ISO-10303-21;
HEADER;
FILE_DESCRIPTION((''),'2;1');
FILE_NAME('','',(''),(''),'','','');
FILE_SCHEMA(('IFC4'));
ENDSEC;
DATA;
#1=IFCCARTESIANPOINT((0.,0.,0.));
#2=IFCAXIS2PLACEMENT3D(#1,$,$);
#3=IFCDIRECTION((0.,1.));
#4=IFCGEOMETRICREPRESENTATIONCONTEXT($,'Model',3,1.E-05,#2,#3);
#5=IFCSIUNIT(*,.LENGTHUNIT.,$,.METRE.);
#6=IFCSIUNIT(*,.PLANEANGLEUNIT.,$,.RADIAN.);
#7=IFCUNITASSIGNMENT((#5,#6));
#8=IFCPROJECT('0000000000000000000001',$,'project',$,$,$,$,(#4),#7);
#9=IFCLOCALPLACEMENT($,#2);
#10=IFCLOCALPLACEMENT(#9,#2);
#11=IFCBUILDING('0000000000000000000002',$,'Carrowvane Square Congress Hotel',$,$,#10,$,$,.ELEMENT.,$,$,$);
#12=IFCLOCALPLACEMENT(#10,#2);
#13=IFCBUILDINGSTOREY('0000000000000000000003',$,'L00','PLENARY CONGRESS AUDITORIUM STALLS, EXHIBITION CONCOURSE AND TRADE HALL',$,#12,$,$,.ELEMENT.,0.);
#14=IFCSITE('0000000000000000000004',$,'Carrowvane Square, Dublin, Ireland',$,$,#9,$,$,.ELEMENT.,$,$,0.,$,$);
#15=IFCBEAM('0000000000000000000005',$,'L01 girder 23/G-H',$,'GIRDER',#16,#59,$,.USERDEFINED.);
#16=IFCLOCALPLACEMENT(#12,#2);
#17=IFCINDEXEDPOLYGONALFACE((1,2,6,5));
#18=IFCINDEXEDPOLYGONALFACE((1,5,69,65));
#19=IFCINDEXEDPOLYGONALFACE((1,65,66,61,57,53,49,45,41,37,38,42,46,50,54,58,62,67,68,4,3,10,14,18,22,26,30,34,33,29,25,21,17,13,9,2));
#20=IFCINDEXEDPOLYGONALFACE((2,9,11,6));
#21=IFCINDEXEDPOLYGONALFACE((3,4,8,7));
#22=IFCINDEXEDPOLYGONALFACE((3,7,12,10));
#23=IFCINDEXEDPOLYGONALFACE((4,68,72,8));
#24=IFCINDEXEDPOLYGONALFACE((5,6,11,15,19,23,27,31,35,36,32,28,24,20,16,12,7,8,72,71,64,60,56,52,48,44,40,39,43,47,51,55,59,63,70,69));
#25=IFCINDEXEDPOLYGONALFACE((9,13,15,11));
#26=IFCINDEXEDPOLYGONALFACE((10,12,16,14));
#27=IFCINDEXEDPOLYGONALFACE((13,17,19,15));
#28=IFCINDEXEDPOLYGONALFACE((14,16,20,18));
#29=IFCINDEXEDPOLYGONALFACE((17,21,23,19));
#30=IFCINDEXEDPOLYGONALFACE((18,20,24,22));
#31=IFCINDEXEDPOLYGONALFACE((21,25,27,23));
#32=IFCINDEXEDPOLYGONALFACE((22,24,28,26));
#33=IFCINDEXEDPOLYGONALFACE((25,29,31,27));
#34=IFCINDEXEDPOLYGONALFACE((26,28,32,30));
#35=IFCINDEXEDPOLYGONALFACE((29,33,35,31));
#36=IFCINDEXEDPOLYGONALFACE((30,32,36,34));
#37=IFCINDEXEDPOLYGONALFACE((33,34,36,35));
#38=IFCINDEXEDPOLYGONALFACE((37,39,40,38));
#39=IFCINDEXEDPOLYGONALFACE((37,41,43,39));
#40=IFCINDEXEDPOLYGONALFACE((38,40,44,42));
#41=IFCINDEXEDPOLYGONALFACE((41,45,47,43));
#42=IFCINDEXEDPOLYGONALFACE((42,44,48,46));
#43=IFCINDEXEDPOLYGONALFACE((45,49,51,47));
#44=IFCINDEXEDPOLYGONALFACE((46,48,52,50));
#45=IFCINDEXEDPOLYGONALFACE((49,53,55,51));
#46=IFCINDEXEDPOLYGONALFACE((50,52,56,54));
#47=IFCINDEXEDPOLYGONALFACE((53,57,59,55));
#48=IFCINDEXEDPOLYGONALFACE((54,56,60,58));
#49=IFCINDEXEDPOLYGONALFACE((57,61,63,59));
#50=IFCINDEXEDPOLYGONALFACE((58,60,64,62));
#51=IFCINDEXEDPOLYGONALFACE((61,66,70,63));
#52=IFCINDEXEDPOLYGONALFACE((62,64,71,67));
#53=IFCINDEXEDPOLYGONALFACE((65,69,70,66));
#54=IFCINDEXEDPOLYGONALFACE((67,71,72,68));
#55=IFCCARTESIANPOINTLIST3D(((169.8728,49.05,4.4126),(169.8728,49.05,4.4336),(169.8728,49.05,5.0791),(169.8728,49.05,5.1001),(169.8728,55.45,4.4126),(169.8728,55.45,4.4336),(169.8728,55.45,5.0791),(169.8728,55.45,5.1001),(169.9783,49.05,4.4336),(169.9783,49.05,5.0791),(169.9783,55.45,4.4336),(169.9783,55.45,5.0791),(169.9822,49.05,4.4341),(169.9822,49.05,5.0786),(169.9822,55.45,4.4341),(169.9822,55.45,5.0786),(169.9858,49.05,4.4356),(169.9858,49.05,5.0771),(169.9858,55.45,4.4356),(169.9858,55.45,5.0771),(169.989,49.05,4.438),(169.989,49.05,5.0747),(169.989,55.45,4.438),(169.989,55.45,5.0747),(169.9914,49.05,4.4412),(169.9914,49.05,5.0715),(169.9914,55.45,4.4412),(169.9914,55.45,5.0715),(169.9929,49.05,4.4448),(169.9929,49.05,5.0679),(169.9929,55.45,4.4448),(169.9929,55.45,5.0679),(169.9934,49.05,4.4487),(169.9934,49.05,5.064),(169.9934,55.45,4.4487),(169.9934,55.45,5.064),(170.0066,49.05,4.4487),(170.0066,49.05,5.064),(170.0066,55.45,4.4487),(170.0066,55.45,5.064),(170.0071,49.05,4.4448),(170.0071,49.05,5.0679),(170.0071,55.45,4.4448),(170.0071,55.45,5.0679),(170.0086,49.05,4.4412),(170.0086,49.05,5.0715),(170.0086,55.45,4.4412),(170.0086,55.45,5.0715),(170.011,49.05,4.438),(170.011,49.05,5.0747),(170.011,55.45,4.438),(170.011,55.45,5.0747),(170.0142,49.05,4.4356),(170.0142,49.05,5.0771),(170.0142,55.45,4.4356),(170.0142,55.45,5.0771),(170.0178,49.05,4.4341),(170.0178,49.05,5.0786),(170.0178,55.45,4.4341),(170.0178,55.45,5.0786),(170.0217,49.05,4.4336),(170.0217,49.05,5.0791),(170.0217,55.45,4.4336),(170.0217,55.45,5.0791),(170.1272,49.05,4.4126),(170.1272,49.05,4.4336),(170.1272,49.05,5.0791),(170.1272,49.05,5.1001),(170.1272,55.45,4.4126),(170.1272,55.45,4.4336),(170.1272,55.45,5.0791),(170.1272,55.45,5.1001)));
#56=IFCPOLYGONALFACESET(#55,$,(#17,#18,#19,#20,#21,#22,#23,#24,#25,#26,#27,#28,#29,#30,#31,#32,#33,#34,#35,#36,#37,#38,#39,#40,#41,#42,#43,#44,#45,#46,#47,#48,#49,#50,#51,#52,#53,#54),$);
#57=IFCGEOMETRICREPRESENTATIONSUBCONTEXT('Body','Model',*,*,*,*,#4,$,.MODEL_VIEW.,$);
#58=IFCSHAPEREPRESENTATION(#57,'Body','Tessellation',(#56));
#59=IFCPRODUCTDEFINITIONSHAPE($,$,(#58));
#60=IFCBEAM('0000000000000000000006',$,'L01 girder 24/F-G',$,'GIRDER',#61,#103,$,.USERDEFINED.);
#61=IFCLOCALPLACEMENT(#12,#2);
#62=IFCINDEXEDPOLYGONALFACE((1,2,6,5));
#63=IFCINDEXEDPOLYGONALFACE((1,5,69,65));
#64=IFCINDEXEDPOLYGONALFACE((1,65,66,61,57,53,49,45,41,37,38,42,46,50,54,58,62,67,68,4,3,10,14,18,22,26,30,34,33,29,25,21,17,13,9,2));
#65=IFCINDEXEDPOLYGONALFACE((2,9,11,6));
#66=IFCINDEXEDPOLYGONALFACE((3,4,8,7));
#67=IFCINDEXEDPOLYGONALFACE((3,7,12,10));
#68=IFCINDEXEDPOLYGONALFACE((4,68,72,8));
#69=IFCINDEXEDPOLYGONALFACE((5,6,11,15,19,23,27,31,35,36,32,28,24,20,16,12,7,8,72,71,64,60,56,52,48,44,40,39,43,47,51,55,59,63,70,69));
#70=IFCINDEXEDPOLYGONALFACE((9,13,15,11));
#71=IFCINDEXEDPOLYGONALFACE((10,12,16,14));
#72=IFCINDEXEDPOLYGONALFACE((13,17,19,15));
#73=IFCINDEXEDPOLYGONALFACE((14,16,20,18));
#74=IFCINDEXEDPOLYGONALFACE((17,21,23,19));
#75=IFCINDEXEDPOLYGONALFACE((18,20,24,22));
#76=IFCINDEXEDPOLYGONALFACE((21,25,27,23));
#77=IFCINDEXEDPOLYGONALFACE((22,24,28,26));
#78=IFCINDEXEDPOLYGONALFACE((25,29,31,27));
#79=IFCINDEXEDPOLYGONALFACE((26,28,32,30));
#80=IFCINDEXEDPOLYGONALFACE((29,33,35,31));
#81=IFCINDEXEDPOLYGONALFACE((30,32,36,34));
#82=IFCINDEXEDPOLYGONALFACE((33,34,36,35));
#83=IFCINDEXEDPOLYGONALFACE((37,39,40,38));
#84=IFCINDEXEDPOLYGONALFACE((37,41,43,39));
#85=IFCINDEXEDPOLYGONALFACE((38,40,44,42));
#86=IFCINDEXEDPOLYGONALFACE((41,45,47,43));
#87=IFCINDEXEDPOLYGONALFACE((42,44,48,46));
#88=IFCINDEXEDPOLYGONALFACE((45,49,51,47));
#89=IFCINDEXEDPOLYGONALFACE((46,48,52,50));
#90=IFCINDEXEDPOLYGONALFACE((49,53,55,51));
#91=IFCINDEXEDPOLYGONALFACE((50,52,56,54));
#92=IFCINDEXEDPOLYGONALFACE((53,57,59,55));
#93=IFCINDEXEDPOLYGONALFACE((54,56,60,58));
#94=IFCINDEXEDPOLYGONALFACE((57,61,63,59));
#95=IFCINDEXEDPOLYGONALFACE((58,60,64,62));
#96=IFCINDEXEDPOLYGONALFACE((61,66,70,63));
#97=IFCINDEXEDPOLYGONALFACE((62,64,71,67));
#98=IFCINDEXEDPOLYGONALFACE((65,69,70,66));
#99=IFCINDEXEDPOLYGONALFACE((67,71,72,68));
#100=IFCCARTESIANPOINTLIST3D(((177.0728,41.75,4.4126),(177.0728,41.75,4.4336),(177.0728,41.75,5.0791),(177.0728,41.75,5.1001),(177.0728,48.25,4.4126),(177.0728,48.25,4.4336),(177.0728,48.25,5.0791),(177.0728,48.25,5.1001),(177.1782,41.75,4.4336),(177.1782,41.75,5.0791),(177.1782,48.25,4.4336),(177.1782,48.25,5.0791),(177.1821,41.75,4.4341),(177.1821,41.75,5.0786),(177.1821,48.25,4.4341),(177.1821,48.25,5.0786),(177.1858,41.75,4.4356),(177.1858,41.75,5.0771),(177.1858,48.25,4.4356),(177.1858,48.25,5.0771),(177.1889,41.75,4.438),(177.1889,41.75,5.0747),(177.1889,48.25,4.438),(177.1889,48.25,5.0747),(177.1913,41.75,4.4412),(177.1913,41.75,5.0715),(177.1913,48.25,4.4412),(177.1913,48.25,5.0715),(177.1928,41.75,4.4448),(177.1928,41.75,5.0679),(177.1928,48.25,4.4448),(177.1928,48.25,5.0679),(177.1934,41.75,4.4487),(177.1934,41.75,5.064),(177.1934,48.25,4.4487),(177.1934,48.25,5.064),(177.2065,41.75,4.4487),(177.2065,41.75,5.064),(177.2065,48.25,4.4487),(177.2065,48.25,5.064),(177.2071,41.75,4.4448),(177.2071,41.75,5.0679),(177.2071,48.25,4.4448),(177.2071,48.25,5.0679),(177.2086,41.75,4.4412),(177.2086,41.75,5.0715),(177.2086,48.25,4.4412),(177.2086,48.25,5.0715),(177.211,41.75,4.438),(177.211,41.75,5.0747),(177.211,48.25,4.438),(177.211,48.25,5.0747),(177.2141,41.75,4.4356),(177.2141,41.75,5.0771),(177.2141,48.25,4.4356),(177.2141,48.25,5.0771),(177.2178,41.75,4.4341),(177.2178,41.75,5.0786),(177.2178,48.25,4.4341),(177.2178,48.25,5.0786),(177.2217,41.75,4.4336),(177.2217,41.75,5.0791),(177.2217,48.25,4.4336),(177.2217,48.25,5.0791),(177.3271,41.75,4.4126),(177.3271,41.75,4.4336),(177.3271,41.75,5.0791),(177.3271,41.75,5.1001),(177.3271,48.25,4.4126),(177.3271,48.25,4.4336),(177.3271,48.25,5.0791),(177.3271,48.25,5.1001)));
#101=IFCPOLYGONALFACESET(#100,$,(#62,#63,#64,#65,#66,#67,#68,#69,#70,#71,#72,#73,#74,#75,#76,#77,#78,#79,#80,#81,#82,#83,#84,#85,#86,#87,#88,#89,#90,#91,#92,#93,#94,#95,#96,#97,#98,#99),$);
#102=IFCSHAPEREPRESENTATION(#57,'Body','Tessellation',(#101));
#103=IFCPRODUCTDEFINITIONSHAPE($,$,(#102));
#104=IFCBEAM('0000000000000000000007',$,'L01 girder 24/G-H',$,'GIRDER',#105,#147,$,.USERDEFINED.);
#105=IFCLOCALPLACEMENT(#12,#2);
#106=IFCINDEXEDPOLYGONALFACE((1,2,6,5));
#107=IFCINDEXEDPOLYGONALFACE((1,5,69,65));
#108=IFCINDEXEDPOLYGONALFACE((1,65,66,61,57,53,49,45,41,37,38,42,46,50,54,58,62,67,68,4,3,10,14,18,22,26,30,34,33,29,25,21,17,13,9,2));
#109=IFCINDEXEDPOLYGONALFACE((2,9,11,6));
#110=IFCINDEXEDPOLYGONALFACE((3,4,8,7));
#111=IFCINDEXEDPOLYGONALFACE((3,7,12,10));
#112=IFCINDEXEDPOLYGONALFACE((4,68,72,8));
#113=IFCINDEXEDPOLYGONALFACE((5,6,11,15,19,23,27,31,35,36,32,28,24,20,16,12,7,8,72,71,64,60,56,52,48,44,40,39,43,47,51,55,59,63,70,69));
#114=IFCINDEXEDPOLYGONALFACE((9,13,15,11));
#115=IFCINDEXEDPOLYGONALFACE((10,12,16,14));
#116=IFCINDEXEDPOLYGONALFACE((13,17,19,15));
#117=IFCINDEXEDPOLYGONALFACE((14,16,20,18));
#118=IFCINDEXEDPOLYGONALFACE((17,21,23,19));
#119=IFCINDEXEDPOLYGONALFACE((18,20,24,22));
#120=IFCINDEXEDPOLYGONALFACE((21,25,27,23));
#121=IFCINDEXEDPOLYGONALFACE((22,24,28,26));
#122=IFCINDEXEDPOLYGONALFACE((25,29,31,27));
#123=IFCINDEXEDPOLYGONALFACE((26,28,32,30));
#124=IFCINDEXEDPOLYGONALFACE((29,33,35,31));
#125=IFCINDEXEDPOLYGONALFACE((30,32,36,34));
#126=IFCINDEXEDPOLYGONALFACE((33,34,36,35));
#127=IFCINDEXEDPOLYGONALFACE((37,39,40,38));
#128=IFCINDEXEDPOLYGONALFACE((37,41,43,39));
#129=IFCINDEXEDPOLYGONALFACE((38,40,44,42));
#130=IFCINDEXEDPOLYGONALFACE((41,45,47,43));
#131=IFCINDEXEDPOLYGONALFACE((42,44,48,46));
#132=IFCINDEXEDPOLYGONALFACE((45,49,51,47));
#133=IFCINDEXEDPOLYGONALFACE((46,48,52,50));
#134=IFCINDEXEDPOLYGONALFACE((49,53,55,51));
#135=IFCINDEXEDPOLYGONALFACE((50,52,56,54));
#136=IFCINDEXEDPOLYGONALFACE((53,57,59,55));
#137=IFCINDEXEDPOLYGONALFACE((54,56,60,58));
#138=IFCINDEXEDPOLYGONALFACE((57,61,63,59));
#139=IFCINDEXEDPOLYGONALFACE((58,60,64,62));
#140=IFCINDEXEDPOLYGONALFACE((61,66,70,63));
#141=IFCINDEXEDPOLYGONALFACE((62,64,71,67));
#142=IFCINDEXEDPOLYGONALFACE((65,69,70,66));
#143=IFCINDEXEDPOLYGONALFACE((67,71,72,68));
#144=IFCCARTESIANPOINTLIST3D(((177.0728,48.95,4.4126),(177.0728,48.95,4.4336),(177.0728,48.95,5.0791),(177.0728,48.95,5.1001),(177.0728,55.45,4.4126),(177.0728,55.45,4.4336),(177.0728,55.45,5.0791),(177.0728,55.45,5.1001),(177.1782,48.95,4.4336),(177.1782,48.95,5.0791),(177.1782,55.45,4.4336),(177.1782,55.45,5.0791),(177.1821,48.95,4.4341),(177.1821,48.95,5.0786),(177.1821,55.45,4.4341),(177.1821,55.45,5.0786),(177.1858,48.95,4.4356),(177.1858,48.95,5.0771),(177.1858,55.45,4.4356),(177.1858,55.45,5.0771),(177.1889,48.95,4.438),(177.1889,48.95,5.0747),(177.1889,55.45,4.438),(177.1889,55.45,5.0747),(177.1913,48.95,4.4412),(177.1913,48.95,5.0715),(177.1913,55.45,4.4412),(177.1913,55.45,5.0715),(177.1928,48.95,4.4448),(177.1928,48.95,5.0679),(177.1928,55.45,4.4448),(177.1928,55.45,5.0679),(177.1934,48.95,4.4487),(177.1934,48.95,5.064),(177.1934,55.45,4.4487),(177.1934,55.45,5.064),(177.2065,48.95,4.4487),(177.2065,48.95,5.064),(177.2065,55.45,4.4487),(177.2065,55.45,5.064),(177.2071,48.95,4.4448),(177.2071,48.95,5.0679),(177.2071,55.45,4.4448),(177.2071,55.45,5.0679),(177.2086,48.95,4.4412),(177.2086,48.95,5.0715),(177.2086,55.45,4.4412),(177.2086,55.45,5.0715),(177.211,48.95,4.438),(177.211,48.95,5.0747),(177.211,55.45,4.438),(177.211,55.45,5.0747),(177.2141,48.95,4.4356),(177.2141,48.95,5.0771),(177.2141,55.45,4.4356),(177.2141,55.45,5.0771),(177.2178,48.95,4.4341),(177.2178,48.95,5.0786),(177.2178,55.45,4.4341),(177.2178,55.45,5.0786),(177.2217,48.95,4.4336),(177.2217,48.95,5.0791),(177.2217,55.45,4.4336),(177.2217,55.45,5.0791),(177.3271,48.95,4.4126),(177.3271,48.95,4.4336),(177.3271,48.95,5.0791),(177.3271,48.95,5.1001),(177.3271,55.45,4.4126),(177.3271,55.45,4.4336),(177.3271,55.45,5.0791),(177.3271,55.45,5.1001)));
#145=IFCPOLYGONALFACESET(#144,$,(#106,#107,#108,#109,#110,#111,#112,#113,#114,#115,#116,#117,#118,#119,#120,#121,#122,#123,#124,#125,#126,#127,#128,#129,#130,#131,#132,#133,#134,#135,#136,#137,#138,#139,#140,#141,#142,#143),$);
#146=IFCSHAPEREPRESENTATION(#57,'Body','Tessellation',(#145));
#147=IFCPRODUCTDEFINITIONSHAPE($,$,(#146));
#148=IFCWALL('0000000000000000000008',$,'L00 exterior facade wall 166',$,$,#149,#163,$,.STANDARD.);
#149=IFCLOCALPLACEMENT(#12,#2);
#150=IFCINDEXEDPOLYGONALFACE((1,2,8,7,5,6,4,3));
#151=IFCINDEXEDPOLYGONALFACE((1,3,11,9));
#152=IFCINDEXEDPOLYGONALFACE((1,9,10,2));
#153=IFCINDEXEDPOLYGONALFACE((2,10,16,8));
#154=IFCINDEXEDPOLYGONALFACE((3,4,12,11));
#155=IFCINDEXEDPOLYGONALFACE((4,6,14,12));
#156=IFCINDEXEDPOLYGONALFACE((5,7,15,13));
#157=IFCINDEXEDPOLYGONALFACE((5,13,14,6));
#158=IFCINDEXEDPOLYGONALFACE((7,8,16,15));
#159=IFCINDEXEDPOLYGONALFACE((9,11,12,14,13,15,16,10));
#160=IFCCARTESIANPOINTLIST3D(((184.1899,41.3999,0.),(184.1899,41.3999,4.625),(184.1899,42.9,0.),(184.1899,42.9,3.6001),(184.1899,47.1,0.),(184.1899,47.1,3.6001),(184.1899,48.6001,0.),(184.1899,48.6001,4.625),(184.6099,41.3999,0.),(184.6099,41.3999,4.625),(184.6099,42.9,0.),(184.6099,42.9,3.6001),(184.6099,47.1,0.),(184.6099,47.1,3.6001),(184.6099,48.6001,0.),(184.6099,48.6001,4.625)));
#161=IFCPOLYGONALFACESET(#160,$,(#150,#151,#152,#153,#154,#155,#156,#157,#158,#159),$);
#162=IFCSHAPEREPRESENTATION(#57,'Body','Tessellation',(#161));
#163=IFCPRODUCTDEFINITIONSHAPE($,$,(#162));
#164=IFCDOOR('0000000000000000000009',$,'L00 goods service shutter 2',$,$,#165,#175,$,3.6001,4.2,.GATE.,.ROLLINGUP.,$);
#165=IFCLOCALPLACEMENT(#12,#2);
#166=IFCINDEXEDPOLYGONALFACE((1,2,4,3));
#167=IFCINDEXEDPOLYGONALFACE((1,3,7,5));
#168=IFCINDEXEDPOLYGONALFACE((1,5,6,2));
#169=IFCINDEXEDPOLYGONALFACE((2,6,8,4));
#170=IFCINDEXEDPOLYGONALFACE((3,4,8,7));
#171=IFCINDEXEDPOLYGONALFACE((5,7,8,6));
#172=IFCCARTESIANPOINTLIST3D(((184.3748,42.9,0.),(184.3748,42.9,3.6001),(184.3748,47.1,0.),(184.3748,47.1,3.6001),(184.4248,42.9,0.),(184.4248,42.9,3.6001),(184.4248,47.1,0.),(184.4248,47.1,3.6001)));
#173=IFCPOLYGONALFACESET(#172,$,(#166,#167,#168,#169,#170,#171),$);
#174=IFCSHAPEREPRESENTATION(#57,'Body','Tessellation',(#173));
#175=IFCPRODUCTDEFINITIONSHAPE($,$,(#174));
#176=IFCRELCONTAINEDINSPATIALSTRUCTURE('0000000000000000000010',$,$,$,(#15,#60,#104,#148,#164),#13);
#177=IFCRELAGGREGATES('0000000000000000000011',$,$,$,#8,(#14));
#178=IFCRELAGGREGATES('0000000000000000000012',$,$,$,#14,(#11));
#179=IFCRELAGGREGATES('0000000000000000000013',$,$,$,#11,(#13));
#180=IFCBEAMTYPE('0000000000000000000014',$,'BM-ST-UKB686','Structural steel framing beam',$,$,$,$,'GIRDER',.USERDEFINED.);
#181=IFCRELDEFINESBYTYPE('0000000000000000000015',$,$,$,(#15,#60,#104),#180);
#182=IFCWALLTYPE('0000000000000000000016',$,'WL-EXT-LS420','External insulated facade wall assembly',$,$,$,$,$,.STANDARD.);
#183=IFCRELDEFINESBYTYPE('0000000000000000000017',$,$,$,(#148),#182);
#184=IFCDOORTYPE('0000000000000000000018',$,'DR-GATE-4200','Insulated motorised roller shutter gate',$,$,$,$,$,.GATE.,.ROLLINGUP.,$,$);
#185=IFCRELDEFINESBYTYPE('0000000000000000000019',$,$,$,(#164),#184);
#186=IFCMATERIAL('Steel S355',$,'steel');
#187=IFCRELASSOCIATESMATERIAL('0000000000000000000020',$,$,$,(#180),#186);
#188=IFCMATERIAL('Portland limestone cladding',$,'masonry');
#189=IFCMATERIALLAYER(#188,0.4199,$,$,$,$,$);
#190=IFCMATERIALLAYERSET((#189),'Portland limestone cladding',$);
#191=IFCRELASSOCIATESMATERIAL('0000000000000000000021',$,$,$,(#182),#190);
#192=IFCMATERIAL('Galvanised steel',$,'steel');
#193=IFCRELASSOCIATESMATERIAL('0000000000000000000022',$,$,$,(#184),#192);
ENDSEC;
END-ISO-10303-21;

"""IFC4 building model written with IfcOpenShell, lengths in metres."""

from ifc_helpers import new_model, si_unit, direction, frame, frame_2d, origin, origin_2d, place, context, subcontext, project, spatial, rectangle, i_section, extrude, material, layer, layer_set, material_profile, profile_set, type_object, element, fill, save


model = new_model("IFC4")

# Units and contexts
model_context = context("Model", 3, precision=1e-05, world=origin(), true_north=direction((0.0, 1.0)))
body_context = subcontext(model_context, "Body", "Model", "MODEL_VIEW")
ifc_project = project(units=[si_unit("LENGTHUNIT", "METRE"), si_unit("PLANEANGLEUNIT", "RADIAN")], contexts=[model_context])

# Site, building, storey
site_placement = place(None, origin())
site = spatial("IfcSite", under=ifc_project, at=site_placement, Name="Carrowvane Square, Dublin, Ireland", CompositionType="ELEMENT", RefElevation=0.0)
building_placement = place(site_placement, origin())
building = spatial("IfcBuilding", under=site, at=building_placement, Name="Carrowvane Square Congress Hotel", CompositionType="ELEMENT")
storey_placement = place(building_placement, origin())
storey = spatial("IfcBuildingStorey", under=building, at=storey_placement, Name="L00", Description="PLENARY CONGRESS AUDITORIUM STALLS, EXHIBITION CONCOURSE AND TRADE HALL", CompositionType="ELEMENT", Elevation=0.0)

# Beams
ifc_material_1 = material(Name="Steel S355", Category="steel")
ifc_material_profile_1 = material_profile(ifc_material_1, i_section(OverallWidth=0.2544, OverallDepth=0.6875, WebThickness=0.0132, FlangeThickness=0.021, FilletRadius=0.0151, at=origin_2d()), Name="UKB 686x254x152")
ifc_profile_set_1 = profile_set([ifc_material_profile_1], Name="Steel S355")
beam_type_1 = type_object("IfcBeamType", Name="BM-ST-UKB686", Description="Structural steel framing beam", ElementType="GIRDER", PredefinedType="USERDEFINED", material=ifc_profile_set_1)
beam_1_placement = place(storey_placement, frame((170.0, 49.05, 4.7563), z_axis=(0.0, 1.0, 0.0), x_axis=(-1.0, 0.0, 0.0)))
element("IfcBeam", 1, at=beam_1_placement, inside=storey, type_object=beam_type_1, Name="L01 girder 23/G-H", ObjectType="GIRDER", PredefinedType="USERDEFINED", context=body_context, shape_type="SweptSolid", body=[
    extrude(i_section(OverallWidth=0.2544, OverallDepth=0.6875, WebThickness=0.0132, FlangeThickness=0.021, FilletRadius=0.0151, at=origin_2d()), origin(), (0.0, 0.0, 1.0), 6.3999),
])
for number, where, z_axis, x_axis, name in (
    (2, (177.2, 41.75, 4.7563), (0.0, 1.0, 0.0), (-1.0, 0.0, 0.0), "L01 girder 24/F-G"),
    (3, (177.2, 48.95, 4.7563), (0.0, 1.0, 0.0), (-1.0, 0.0, 0.0), "L01 girder 24/G-H"),
):
    element("IfcBeam", number, at=place(storey_placement, frame(where, z_axis=z_axis, x_axis=x_axis)), inside=storey, type_object=beam_type_1, Name=name, ObjectType="GIRDER", PredefinedType="USERDEFINED", context=body_context, shape_type="SweptSolid", body=[
        extrude(i_section(OverallWidth=0.2544, OverallDepth=0.6875, WebThickness=0.0132, FlangeThickness=0.021, FilletRadius=0.0151, at=origin_2d()), origin(), (0.0, 0.0, 1.0), 6.5),
    ])

# Wall, opening, door
ifc_material_2 = material(Name="Portland limestone cladding", Category="masonry")
ifc_layer_1 = layer(ifc_material_2, 0.4199)
ifc_layer_set_1 = layer_set([ifc_layer_1], Name="Portland limestone cladding")
wall_type_1 = type_object("IfcWallType", Name="WL-EXT-LS420", Description="External insulated facade wall assembly", PredefinedType="STANDARD", material=ifc_layer_set_1)
wall_1_placement = place(storey_placement, frame((184.3999, 48.6001, 0.0), z_axis=(0.0, 0.0, 1.0), x_axis=(0.0, -1.0, 0.0)))
wall_1 = element("IfcWall", 4, at=wall_1_placement, inside=storey, type_object=wall_type_1, Name="L00 exterior facade wall 166", PredefinedType="STANDARD", context=body_context, shape_type="SweptSolid", body=[
    extrude(rectangle(XDim=7.2002, YDim=0.4199, at=frame_2d((3.6001, 0.0))), origin(), (0.0, 0.0, 1.0), 4.625),
])
opening_1_placement = place(wall_1_placement, frame((1.5, 0.0, 0.0)))
opening_1 = element("IfcOpeningElement", 5, at=opening_1_placement, cuts=wall_1, PredefinedType="OPENING", context=body_context, shape_type="SweptSolid", body=[
    extrude(rectangle(XDim=4.2, YDim=3.6001, at=frame_2d((2.1001, 1.8))), frame((0.0, 0.22, 0.0), z_axis=(0.0, -1.0, 0.0), x_axis=(1.0, 0.0, 0.0)), (0.0, 0.0, 1.0), 0.4399),
])
ifc_material_3 = material(Name="Galvanised steel", Category="steel")
door_type_1 = type_object("IfcDoorType", Name="DR-GATE-4200", Description="Insulated motorised roller shutter gate", OperationType="ROLLINGUP", PredefinedType="GATE", material=ifc_material_3)
door_1_placement = place(opening_1_placement, origin())
door_1 = element("IfcDoor", 6, at=door_1_placement, inside=storey, type_object=door_type_1, Name="L00 goods service shutter 2", OperationType="ROLLINGUP", OverallHeight=3.6001, OverallWidth=4.2, PredefinedType="GATE", context=body_context, shape_type="SweptSolid", body=[
    extrude(rectangle(XDim=4.2, YDim=3.6001, at=frame_2d((2.1001, 1.8))), frame((0.0, 0.0249, 0.0), z_axis=(0.0, -1.0, 0.0), x_axis=(1.0, 0.0, 0.0)), (0.0, 0.0, 1.0), 0.05),
])
fill(opening_1, door_1)

save(model, "model.ifc")
